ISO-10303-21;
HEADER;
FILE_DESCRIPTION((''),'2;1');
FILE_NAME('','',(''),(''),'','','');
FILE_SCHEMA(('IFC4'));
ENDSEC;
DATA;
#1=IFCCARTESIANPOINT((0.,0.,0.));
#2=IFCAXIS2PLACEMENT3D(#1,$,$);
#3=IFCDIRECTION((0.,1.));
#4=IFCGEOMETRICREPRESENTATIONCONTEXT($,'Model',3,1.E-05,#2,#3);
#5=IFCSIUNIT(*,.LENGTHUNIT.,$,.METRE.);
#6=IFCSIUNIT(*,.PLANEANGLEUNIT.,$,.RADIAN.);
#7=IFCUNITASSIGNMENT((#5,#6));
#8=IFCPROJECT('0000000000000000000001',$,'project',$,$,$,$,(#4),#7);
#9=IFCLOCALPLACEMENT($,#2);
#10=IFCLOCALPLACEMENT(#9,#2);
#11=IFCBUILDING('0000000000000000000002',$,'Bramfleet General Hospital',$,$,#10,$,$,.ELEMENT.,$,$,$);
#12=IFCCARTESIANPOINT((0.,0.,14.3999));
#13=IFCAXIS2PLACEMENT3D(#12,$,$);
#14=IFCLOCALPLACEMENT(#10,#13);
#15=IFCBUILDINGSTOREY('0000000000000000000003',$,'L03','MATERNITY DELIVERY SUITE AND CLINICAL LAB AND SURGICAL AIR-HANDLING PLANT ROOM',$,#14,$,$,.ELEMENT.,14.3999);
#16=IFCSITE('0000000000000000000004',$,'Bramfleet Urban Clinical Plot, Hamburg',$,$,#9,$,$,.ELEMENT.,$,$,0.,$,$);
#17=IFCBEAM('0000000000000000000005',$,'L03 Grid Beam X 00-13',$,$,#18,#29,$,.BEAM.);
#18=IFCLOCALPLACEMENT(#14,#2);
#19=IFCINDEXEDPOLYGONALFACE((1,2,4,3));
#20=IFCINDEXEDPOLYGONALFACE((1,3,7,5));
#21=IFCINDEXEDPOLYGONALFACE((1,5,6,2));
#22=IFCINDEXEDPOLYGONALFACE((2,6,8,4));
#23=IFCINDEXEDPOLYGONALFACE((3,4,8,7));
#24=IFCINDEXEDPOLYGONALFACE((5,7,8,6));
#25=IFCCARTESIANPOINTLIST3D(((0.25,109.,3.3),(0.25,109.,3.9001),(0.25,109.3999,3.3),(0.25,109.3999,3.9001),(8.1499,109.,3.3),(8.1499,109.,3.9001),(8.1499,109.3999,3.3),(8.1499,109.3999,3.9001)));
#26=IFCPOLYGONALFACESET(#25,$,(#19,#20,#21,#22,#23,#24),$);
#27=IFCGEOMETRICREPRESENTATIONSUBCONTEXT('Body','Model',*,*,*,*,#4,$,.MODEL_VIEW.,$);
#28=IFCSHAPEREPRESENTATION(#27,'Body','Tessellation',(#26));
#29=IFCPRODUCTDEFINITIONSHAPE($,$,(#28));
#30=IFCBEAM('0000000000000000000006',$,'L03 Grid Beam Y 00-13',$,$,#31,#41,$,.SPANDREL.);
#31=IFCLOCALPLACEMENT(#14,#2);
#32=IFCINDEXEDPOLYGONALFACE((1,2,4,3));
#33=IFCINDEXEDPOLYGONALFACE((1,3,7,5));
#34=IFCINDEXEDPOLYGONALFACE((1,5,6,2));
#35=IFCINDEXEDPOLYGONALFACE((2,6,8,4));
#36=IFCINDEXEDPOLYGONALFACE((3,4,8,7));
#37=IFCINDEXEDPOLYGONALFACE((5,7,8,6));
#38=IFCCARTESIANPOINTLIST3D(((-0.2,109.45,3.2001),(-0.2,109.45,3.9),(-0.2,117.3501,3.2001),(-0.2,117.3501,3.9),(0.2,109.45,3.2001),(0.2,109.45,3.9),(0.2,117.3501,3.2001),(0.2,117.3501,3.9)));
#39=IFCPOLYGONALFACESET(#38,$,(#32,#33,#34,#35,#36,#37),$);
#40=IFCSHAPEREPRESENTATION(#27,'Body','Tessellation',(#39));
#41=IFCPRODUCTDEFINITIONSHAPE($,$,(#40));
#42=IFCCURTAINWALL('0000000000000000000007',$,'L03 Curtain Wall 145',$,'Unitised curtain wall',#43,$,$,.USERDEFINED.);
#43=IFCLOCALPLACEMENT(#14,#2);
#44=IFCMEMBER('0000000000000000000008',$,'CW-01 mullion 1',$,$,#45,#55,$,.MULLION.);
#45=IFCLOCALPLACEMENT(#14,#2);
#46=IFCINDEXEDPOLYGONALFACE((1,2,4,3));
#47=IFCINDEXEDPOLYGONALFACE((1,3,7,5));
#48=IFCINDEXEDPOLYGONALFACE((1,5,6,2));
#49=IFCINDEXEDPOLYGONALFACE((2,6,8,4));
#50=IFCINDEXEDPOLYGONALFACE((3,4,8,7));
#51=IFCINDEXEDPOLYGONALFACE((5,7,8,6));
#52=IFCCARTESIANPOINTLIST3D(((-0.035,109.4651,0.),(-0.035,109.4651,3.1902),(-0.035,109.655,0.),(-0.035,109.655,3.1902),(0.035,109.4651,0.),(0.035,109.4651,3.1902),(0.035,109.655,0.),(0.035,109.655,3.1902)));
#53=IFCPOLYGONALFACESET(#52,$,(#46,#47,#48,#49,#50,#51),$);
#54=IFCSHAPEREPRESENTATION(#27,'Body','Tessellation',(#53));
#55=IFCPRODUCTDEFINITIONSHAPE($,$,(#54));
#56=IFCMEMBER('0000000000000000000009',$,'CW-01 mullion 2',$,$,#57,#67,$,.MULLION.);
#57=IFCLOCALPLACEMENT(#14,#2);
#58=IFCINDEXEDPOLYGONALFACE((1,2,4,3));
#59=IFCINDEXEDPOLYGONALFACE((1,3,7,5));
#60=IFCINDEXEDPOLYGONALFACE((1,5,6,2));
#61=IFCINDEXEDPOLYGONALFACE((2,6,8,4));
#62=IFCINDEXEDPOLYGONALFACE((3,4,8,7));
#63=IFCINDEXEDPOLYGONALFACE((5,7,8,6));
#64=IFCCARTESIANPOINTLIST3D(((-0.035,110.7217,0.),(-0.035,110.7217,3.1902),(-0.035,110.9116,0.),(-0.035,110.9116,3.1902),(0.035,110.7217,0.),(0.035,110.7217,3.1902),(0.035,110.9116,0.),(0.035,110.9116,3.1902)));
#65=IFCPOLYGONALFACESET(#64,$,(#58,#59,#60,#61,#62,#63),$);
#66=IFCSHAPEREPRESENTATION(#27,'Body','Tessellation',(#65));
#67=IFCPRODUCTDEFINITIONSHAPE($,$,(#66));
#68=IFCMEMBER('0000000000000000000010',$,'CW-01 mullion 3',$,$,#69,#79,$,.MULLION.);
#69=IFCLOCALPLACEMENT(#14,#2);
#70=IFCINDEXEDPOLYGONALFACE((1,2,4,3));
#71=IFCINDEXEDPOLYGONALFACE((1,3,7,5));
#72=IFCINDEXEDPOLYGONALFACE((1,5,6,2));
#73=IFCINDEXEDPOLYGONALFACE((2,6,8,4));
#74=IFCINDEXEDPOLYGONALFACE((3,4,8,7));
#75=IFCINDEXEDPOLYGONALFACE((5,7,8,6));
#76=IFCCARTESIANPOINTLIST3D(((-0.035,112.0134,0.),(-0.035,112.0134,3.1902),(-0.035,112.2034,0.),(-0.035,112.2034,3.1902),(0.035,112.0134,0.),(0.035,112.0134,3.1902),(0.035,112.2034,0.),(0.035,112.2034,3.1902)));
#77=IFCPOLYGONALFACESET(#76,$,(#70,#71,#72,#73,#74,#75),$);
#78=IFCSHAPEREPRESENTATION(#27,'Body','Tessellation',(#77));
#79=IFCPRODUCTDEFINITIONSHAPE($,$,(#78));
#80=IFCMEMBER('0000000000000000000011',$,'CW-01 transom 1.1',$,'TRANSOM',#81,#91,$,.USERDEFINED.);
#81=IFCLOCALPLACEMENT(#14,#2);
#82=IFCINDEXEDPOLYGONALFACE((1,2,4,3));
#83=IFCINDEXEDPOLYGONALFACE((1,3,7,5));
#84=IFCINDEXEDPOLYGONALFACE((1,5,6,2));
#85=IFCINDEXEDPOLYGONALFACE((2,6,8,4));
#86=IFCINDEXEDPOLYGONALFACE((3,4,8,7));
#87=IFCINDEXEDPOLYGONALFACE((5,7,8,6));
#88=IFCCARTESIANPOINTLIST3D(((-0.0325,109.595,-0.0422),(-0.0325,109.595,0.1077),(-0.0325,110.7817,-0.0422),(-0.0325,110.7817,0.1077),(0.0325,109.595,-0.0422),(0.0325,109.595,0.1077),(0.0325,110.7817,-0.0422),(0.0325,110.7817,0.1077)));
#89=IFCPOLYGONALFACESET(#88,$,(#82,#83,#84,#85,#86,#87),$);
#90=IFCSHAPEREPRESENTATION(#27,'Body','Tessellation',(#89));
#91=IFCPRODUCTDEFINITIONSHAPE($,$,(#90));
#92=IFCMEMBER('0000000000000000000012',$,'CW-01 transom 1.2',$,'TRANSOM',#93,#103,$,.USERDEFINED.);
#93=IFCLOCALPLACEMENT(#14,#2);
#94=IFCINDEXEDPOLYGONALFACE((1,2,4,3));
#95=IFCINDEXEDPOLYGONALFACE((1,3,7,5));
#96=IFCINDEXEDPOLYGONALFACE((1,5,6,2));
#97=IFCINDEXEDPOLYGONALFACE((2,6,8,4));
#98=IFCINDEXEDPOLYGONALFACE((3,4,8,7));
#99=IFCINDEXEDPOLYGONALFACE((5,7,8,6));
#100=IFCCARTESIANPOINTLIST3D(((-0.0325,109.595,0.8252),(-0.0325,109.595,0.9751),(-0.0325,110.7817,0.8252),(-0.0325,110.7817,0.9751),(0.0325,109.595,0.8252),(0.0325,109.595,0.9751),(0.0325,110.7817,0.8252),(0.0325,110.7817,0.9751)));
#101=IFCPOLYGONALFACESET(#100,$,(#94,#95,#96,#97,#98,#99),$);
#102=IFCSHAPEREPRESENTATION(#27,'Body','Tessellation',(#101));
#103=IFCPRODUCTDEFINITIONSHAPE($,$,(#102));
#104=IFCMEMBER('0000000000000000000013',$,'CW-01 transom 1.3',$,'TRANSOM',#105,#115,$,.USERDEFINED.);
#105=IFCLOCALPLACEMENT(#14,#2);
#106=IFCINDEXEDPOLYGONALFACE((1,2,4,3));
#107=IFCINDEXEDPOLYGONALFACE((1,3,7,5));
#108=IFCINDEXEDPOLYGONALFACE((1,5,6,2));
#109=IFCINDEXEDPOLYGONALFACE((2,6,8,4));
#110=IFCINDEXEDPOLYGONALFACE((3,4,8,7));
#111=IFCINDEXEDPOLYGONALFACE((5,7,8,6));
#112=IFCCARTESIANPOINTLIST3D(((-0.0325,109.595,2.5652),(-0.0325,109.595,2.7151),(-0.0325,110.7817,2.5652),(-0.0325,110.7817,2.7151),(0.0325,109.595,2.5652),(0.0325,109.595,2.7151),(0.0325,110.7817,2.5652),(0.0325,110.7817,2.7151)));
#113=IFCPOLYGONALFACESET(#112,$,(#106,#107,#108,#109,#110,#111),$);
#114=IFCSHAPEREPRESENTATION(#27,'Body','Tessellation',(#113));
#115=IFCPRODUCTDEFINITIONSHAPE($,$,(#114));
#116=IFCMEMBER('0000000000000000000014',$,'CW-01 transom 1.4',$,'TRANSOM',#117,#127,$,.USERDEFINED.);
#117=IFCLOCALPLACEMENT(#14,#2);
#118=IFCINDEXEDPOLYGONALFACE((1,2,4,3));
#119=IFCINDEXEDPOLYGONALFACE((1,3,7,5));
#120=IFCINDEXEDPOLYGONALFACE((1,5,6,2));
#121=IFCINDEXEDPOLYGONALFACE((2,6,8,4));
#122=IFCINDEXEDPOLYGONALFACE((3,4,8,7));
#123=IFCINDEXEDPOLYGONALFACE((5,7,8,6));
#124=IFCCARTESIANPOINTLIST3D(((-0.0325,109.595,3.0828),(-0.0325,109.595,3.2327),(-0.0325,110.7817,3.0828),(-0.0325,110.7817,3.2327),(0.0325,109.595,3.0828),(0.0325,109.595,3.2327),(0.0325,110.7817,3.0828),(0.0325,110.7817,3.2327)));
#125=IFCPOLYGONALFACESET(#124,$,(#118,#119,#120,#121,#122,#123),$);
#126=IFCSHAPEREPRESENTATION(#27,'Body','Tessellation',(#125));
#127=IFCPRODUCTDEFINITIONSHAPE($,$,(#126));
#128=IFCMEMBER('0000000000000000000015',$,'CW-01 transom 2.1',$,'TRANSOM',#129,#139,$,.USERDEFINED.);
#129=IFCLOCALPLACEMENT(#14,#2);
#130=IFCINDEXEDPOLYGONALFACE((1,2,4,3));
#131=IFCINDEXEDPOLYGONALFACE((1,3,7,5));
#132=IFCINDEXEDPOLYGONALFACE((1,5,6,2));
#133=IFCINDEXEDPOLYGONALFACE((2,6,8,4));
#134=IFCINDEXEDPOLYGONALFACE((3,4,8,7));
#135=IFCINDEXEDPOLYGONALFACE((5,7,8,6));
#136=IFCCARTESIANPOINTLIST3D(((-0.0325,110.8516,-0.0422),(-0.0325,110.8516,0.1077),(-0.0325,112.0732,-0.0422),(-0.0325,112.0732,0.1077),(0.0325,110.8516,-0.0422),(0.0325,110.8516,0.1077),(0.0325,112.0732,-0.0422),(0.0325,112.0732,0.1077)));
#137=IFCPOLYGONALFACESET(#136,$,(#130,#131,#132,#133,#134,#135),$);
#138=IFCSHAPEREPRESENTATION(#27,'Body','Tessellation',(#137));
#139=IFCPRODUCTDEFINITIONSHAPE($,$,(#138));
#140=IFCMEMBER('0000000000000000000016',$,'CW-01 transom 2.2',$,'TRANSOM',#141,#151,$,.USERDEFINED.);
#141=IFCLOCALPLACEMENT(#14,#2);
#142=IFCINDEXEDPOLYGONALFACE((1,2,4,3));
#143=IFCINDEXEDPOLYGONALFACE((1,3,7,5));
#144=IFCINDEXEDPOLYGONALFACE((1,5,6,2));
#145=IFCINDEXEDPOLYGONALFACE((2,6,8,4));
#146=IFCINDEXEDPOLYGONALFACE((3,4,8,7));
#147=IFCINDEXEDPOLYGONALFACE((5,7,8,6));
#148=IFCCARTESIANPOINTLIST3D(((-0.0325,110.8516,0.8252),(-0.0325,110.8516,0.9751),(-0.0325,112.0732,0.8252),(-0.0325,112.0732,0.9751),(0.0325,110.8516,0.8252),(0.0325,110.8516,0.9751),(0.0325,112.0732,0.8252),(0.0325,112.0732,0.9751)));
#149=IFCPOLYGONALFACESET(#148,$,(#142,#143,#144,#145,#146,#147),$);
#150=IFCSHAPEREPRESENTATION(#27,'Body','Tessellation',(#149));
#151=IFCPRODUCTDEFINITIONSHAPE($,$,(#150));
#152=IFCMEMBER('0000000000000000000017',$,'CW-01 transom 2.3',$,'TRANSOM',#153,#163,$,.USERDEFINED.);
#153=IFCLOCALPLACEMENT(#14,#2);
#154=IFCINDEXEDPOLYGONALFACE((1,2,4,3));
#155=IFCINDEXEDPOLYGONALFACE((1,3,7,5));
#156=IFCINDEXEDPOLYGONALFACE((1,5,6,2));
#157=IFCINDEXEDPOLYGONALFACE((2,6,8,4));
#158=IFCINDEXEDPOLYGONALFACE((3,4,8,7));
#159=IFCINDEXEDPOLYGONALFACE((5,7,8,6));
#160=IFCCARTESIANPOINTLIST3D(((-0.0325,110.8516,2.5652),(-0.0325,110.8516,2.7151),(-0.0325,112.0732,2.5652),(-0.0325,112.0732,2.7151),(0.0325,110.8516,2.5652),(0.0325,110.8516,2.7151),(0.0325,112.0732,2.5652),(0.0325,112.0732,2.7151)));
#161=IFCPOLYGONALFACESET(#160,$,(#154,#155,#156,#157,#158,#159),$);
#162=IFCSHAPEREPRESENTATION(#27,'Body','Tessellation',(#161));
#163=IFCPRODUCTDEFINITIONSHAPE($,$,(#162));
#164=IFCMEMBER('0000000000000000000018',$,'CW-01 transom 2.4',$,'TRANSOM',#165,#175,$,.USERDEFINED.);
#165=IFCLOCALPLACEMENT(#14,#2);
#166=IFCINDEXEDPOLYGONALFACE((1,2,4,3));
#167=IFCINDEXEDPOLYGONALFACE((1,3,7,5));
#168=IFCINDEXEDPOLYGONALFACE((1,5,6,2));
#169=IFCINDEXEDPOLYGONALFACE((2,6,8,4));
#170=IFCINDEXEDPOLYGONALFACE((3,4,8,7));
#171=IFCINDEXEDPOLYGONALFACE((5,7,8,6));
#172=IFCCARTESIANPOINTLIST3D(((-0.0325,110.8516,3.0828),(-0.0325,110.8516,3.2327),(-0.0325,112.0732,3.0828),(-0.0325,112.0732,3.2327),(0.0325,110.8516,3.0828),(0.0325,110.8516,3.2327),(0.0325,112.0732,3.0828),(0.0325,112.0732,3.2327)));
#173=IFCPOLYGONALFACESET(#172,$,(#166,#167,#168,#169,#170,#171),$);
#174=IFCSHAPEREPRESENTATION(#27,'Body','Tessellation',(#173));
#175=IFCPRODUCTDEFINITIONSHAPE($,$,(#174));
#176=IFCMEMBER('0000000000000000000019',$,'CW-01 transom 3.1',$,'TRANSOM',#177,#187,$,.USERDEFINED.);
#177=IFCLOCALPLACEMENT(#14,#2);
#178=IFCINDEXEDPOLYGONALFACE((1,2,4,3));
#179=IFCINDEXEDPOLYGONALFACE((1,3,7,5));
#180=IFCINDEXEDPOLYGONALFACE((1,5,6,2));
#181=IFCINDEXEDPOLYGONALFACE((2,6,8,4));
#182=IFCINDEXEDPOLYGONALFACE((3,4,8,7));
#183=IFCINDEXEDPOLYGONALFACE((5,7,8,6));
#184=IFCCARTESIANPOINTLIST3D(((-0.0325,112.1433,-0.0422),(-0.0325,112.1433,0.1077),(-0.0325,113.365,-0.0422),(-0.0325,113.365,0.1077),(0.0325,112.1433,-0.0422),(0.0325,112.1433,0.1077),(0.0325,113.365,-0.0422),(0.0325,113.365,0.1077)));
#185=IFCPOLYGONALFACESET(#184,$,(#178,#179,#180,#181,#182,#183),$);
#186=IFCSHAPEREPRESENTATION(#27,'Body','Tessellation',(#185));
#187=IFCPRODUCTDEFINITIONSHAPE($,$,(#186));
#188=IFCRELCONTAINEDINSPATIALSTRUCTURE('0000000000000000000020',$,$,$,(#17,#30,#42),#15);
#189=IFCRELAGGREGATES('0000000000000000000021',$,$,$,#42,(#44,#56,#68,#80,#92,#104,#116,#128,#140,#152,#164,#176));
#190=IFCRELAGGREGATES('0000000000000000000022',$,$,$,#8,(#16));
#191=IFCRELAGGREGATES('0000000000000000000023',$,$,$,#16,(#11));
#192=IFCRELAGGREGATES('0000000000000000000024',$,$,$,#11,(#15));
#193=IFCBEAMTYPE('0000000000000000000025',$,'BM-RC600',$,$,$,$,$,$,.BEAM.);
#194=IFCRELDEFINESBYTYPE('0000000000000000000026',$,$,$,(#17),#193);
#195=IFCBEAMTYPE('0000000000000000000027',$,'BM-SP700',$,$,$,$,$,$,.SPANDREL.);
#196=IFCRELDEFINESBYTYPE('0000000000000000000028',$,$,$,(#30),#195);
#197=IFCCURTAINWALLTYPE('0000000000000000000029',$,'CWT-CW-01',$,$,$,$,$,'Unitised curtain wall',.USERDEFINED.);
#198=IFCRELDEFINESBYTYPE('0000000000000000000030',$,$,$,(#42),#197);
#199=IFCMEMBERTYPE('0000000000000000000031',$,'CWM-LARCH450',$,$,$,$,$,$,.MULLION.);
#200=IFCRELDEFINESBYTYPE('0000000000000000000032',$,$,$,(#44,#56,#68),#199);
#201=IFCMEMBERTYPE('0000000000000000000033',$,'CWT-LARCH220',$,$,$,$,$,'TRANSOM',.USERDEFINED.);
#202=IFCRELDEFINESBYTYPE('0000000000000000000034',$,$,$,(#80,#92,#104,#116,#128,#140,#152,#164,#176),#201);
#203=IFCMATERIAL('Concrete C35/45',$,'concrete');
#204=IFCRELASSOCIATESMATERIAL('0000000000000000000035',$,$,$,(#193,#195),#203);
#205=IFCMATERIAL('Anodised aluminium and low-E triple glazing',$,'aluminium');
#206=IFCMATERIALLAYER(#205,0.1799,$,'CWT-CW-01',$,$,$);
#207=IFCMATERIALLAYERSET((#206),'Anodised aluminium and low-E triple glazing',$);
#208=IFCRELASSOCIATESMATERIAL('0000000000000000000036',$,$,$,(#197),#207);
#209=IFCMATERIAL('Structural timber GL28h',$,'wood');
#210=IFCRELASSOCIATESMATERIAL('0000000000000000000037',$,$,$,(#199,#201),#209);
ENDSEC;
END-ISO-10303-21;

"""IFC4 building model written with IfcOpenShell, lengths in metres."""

from ifc_helpers import new_model, si_unit, direction, frame, origin, origin_2d, place, context, subcontext, project, spatial, rectangle, extrude, material, layer, layer_set, material_profile, profile_set, type_object, element, aggregate, save


model = new_model("IFC4")

# Units and contexts
model_context = context("Model", 3, precision=1e-05, world=origin(), true_north=direction((0.0, 1.0)))
body_context = subcontext(model_context, "Body", "Model", "MODEL_VIEW")
ifc_project = project(units=[si_unit("LENGTHUNIT", "METRE"), si_unit("PLANEANGLEUNIT", "RADIAN")], contexts=[model_context])

# Site, building, storey
site_placement = place(None, origin())
site = spatial("IfcSite", under=ifc_project, at=site_placement, Name="Bramfleet Urban Clinical Plot, Hamburg", CompositionType="ELEMENT", RefElevation=0.0)
building_placement = place(site_placement, origin())
building = spatial("IfcBuilding", under=site, at=building_placement, Name="Bramfleet General Hospital", CompositionType="ELEMENT")
storey_placement = place(building_placement, frame((0.0, 0.0, 14.3999)))
storey = spatial("IfcBuildingStorey", under=building, at=storey_placement, Name="L03", Description="MATERNITY DELIVERY SUITE AND CLINICAL LAB AND SURGICAL AIR-HANDLING PLANT ROOM", CompositionType="ELEMENT", Elevation=14.3999)

# Beams
ifc_material_1 = material(Name="Concrete C35/45", Category="concrete")
ifc_material_profile_1 = material_profile(ifc_material_1, rectangle(XDim=0.3999, YDim=0.6001, at=origin_2d()), Name="RC BM 600x400")
ifc_profile_set_1 = profile_set([ifc_material_profile_1], Name="Concrete C35/45")
beam_type_1 = type_object("IfcBeamType", Name="BM-RC600", PredefinedType="BEAM", material=ifc_profile_set_1)
beam_1_placement = place(storey_placement, frame((0.25, 109.2, 3.6001), z_axis=(1.0, 0.0, 0.0), x_axis=(0.0, 1.0, 0.0)))
element("IfcBeam", 1, at=beam_1_placement, inside=storey, type_object=beam_type_1, Name="L03 Grid Beam X 00-13", PredefinedType="BEAM", context=body_context, shape_type="SweptSolid", body=[
    extrude(rectangle(XDim=0.3999, YDim=0.6001, at=origin_2d()), origin(), (0.0, 0.0, 1.0), 7.8999),
])
ifc_material_profile_2 = material_profile(ifc_material_1, rectangle(XDim=0.3999, YDim=0.7, at=origin_2d()), Name="RC SP 700x400")
ifc_profile_set_2 = profile_set([ifc_material_profile_2], Name="Concrete C35/45")
beam_type_2 = type_object("IfcBeamType", Name="BM-SP700", PredefinedType="SPANDREL", material=ifc_profile_set_2)
beam_2_placement = place(storey_placement, frame((0.0, 109.45, 3.55), z_axis=(0.0, 1.0, 0.0), x_axis=(-1.0, 0.0, 0.0)))
element("IfcBeam", 2, at=beam_2_placement, inside=storey, type_object=beam_type_2, Name="L03 Grid Beam Y 00-13", PredefinedType="SPANDREL", context=body_context, shape_type="SweptSolid", body=[
    extrude(rectangle(XDim=0.3999, YDim=0.7, at=origin_2d()), origin(), (0.0, 0.0, 1.0), 7.9001),
])

# Curtain wall, members
ifc_material_2 = material(Name="Anodised aluminium and low-E triple glazing", Category="aluminium")
ifc_layer_1 = layer(ifc_material_2, 0.1799, Name="CWT-CW-01")
ifc_layer_set_1 = layer_set([ifc_layer_1], Name="Anodised aluminium and low-E triple glazing")
curtain_wall_type = type_object("IfcCurtainWallType", Name="CWT-CW-01", ElementType="Unitised curtain wall", PredefinedType="USERDEFINED", material=ifc_layer_set_1)
curtain_wall_placement = place(storey_placement, origin())
curtain_wall = element("IfcCurtainWall", 3, at=curtain_wall_placement, inside=storey, type_object=curtain_wall_type, Name="L03 Curtain Wall 145", ObjectType="Unitised curtain wall", PredefinedType="USERDEFINED")
ifc_material_3 = material(Name="Structural timber GL28h", Category="wood")
ifc_material_profile_3 = material_profile(ifc_material_3, rectangle(XDim=0.0701, YDim=0.1899, at=origin_2d()), Name="LARCH 190x70")
ifc_profile_set_3 = profile_set([ifc_material_profile_3], Name="Structural timber GL28h")
member_type_1 = type_object("IfcMemberType", Name="CWM-LARCH450", PredefinedType="MULLION", material=ifc_profile_set_3)
member_1_placement = place(storey_placement, frame((0.0, 109.5601, 0.0), z_axis=(0.0, 0.0, 1.0), x_axis=(-1.0, 0.0, 0.0)))
member_1 = element("IfcMember", 4, at=member_1_placement, type_object=member_type_1, Name="CW-01 mullion 1", PredefinedType="MULLION", context=body_context, shape_type="SweptSolid", body=[
    extrude(rectangle(XDim=0.0701, YDim=0.1899, at=origin_2d()), origin(), (0.0, 0.0, 1.0), 3.1902),
])
member_2_placement = place(storey_placement, frame((0.0, 110.8167, 0.0), z_axis=(0.0, 0.0, 1.0), x_axis=(-1.0, 0.0, 0.0)))
member_2 = element("IfcMember", 5, at=member_2_placement, type_object=member_type_1, Name="CW-01 mullion 2", PredefinedType="MULLION", context=body_context, shape_type="SweptSolid", body=[
    extrude(rectangle(XDim=0.0701, YDim=0.1899, at=origin_2d()), origin(), (0.0, 0.0, 1.0), 3.1902),
])
member_3_placement = place(storey_placement, frame((0.0, 112.1084, 0.0), z_axis=(0.0, 0.0, 1.0), x_axis=(-1.0, 0.0, 0.0)))
member_3 = element("IfcMember", 6, at=member_3_placement, type_object=member_type_1, Name="CW-01 mullion 3", PredefinedType="MULLION", context=body_context, shape_type="SweptSolid", body=[
    extrude(rectangle(XDim=0.0701, YDim=0.1899, at=origin_2d()), origin(), (0.0, 0.0, 1.0), 3.1902),
])
ifc_material_profile_4 = material_profile(ifc_material_3, rectangle(XDim=0.0649, YDim=0.1499, at=origin_2d()), Name="LARCH 150x65")
ifc_profile_set_4 = profile_set([ifc_material_profile_4], Name="Structural timber GL28h")
member_type_2 = type_object("IfcMemberType", Name="CWT-LARCH220", ElementType="TRANSOM", PredefinedType="USERDEFINED", material=ifc_profile_set_4)
member_4_placement = place(storey_placement, frame((0.0, 109.595, 0.0327), z_axis=(0.0, 1.0, 0.0), x_axis=(-1.0, 0.0, 0.0)))
member_4 = element("IfcMember", 7, at=member_4_placement, type_object=member_type_2, Name="CW-01 transom 1.1", ObjectType="TRANSOM", PredefinedType="USERDEFINED", context=body_context, shape_type="SweptSolid", body=[
    extrude(rectangle(XDim=0.0649, YDim=0.1499, at=origin_2d()), origin(), (0.0, 0.0, 1.0), 1.1868),
])
member_5_placement = place(storey_placement, frame((0.0, 109.595, 0.9001), z_axis=(0.0, 1.0, 0.0), x_axis=(-1.0, 0.0, 0.0)))
member_5 = element("IfcMember", 8, at=member_5_placement, type_object=member_type_2, Name="CW-01 transom 1.2", ObjectType="TRANSOM", PredefinedType="USERDEFINED", context=body_context, shape_type="SweptSolid", body=[
    extrude(rectangle(XDim=0.0649, YDim=0.1499, at=origin_2d()), origin(), (0.0, 0.0, 1.0), 1.1868),
])
member_6_placement = place(storey_placement, frame((0.0, 109.595, 2.6401), z_axis=(0.0, 1.0, 0.0), x_axis=(-1.0, 0.0, 0.0)))
member_6 = element("IfcMember", 9, at=member_6_placement, type_object=member_type_2, Name="CW-01 transom 1.3", ObjectType="TRANSOM", PredefinedType="USERDEFINED", context=body_context, shape_type="SweptSolid", body=[
    extrude(rectangle(XDim=0.0649, YDim=0.1499, at=origin_2d()), origin(), (0.0, 0.0, 1.0), 1.1868),
])
member_7_placement = place(storey_placement, frame((0.0, 109.595, 3.1577), z_axis=(0.0, 1.0, 0.0), x_axis=(-1.0, 0.0, 0.0)))
member_7 = element("IfcMember", 10, at=member_7_placement, type_object=member_type_2, Name="CW-01 transom 1.4", ObjectType="TRANSOM", PredefinedType="USERDEFINED", context=body_context, shape_type="SweptSolid", body=[
    extrude(rectangle(XDim=0.0649, YDim=0.1499, at=origin_2d()), origin(), (0.0, 0.0, 1.0), 1.1868),
])
member_8_placement = place(storey_placement, frame((0.0, 110.8516, 0.0327), z_axis=(0.0, 1.0, 0.0), x_axis=(-1.0, 0.0, 0.0)))
member_8 = element("IfcMember", 11, at=member_8_placement, type_object=member_type_2, Name="CW-01 transom 2.1", ObjectType="TRANSOM", PredefinedType="USERDEFINED", context=body_context, shape_type="SweptSolid", body=[
    extrude(rectangle(XDim=0.0649, YDim=0.1499, at=origin_2d()), origin(), (0.0, 0.0, 1.0), 1.2217),
])
member_9_placement = place(storey_placement, frame((0.0, 110.8516, 0.9001), z_axis=(0.0, 1.0, 0.0), x_axis=(-1.0, 0.0, 0.0)))
member_9 = element("IfcMember", 12, at=member_9_placement, type_object=member_type_2, Name="CW-01 transom 2.2", ObjectType="TRANSOM", PredefinedType="USERDEFINED", context=body_context, shape_type="SweptSolid", body=[
    extrude(rectangle(XDim=0.0649, YDim=0.1499, at=origin_2d()), origin(), (0.0, 0.0, 1.0), 1.2217),
])
member_10_placement = place(storey_placement, frame((0.0, 110.8516, 2.6401), z_axis=(0.0, 1.0, 0.0), x_axis=(-1.0, 0.0, 0.0)))
member_10 = element("IfcMember", 13, at=member_10_placement, type_object=member_type_2, Name="CW-01 transom 2.3", ObjectType="TRANSOM", PredefinedType="USERDEFINED", context=body_context, shape_type="SweptSolid", body=[
    extrude(rectangle(XDim=0.0649, YDim=0.1499, at=origin_2d()), origin(), (0.0, 0.0, 1.0), 1.2217),
])
member_11_placement = place(storey_placement, frame((0.0, 110.8516, 3.1577), z_axis=(0.0, 1.0, 0.0), x_axis=(-1.0, 0.0, 0.0)))
member_11 = element("IfcMember", 14, at=member_11_placement, type_object=member_type_2, Name="CW-01 transom 2.4", ObjectType="TRANSOM", PredefinedType="USERDEFINED", context=body_context, shape_type="SweptSolid", body=[
    extrude(rectangle(XDim=0.0649, YDim=0.1499, at=origin_2d()), origin(), (0.0, 0.0, 1.0), 1.2217),
])
member_12_placement = place(storey_placement, frame((0.0, 112.1433, 0.0327), z_axis=(0.0, 1.0, 0.0), x_axis=(-1.0, 0.0, 0.0)))
member_12 = element("IfcMember", 15, at=member_12_placement, type_object=member_type_2, Name="CW-01 transom 3.1", ObjectType="TRANSOM", PredefinedType="USERDEFINED", context=body_context, shape_type="SweptSolid", body=[
    extrude(rectangle(XDim=0.0649, YDim=0.1499, at=origin_2d()), origin(), (0.0, 0.0, 1.0), 1.2217),
])
aggregate(curtain_wall, [member_1, member_2, member_3, member_4, member_5, member_6, member_7, member_8, member_9, member_10, member_11, member_12])

save(model, "model.ifc")
